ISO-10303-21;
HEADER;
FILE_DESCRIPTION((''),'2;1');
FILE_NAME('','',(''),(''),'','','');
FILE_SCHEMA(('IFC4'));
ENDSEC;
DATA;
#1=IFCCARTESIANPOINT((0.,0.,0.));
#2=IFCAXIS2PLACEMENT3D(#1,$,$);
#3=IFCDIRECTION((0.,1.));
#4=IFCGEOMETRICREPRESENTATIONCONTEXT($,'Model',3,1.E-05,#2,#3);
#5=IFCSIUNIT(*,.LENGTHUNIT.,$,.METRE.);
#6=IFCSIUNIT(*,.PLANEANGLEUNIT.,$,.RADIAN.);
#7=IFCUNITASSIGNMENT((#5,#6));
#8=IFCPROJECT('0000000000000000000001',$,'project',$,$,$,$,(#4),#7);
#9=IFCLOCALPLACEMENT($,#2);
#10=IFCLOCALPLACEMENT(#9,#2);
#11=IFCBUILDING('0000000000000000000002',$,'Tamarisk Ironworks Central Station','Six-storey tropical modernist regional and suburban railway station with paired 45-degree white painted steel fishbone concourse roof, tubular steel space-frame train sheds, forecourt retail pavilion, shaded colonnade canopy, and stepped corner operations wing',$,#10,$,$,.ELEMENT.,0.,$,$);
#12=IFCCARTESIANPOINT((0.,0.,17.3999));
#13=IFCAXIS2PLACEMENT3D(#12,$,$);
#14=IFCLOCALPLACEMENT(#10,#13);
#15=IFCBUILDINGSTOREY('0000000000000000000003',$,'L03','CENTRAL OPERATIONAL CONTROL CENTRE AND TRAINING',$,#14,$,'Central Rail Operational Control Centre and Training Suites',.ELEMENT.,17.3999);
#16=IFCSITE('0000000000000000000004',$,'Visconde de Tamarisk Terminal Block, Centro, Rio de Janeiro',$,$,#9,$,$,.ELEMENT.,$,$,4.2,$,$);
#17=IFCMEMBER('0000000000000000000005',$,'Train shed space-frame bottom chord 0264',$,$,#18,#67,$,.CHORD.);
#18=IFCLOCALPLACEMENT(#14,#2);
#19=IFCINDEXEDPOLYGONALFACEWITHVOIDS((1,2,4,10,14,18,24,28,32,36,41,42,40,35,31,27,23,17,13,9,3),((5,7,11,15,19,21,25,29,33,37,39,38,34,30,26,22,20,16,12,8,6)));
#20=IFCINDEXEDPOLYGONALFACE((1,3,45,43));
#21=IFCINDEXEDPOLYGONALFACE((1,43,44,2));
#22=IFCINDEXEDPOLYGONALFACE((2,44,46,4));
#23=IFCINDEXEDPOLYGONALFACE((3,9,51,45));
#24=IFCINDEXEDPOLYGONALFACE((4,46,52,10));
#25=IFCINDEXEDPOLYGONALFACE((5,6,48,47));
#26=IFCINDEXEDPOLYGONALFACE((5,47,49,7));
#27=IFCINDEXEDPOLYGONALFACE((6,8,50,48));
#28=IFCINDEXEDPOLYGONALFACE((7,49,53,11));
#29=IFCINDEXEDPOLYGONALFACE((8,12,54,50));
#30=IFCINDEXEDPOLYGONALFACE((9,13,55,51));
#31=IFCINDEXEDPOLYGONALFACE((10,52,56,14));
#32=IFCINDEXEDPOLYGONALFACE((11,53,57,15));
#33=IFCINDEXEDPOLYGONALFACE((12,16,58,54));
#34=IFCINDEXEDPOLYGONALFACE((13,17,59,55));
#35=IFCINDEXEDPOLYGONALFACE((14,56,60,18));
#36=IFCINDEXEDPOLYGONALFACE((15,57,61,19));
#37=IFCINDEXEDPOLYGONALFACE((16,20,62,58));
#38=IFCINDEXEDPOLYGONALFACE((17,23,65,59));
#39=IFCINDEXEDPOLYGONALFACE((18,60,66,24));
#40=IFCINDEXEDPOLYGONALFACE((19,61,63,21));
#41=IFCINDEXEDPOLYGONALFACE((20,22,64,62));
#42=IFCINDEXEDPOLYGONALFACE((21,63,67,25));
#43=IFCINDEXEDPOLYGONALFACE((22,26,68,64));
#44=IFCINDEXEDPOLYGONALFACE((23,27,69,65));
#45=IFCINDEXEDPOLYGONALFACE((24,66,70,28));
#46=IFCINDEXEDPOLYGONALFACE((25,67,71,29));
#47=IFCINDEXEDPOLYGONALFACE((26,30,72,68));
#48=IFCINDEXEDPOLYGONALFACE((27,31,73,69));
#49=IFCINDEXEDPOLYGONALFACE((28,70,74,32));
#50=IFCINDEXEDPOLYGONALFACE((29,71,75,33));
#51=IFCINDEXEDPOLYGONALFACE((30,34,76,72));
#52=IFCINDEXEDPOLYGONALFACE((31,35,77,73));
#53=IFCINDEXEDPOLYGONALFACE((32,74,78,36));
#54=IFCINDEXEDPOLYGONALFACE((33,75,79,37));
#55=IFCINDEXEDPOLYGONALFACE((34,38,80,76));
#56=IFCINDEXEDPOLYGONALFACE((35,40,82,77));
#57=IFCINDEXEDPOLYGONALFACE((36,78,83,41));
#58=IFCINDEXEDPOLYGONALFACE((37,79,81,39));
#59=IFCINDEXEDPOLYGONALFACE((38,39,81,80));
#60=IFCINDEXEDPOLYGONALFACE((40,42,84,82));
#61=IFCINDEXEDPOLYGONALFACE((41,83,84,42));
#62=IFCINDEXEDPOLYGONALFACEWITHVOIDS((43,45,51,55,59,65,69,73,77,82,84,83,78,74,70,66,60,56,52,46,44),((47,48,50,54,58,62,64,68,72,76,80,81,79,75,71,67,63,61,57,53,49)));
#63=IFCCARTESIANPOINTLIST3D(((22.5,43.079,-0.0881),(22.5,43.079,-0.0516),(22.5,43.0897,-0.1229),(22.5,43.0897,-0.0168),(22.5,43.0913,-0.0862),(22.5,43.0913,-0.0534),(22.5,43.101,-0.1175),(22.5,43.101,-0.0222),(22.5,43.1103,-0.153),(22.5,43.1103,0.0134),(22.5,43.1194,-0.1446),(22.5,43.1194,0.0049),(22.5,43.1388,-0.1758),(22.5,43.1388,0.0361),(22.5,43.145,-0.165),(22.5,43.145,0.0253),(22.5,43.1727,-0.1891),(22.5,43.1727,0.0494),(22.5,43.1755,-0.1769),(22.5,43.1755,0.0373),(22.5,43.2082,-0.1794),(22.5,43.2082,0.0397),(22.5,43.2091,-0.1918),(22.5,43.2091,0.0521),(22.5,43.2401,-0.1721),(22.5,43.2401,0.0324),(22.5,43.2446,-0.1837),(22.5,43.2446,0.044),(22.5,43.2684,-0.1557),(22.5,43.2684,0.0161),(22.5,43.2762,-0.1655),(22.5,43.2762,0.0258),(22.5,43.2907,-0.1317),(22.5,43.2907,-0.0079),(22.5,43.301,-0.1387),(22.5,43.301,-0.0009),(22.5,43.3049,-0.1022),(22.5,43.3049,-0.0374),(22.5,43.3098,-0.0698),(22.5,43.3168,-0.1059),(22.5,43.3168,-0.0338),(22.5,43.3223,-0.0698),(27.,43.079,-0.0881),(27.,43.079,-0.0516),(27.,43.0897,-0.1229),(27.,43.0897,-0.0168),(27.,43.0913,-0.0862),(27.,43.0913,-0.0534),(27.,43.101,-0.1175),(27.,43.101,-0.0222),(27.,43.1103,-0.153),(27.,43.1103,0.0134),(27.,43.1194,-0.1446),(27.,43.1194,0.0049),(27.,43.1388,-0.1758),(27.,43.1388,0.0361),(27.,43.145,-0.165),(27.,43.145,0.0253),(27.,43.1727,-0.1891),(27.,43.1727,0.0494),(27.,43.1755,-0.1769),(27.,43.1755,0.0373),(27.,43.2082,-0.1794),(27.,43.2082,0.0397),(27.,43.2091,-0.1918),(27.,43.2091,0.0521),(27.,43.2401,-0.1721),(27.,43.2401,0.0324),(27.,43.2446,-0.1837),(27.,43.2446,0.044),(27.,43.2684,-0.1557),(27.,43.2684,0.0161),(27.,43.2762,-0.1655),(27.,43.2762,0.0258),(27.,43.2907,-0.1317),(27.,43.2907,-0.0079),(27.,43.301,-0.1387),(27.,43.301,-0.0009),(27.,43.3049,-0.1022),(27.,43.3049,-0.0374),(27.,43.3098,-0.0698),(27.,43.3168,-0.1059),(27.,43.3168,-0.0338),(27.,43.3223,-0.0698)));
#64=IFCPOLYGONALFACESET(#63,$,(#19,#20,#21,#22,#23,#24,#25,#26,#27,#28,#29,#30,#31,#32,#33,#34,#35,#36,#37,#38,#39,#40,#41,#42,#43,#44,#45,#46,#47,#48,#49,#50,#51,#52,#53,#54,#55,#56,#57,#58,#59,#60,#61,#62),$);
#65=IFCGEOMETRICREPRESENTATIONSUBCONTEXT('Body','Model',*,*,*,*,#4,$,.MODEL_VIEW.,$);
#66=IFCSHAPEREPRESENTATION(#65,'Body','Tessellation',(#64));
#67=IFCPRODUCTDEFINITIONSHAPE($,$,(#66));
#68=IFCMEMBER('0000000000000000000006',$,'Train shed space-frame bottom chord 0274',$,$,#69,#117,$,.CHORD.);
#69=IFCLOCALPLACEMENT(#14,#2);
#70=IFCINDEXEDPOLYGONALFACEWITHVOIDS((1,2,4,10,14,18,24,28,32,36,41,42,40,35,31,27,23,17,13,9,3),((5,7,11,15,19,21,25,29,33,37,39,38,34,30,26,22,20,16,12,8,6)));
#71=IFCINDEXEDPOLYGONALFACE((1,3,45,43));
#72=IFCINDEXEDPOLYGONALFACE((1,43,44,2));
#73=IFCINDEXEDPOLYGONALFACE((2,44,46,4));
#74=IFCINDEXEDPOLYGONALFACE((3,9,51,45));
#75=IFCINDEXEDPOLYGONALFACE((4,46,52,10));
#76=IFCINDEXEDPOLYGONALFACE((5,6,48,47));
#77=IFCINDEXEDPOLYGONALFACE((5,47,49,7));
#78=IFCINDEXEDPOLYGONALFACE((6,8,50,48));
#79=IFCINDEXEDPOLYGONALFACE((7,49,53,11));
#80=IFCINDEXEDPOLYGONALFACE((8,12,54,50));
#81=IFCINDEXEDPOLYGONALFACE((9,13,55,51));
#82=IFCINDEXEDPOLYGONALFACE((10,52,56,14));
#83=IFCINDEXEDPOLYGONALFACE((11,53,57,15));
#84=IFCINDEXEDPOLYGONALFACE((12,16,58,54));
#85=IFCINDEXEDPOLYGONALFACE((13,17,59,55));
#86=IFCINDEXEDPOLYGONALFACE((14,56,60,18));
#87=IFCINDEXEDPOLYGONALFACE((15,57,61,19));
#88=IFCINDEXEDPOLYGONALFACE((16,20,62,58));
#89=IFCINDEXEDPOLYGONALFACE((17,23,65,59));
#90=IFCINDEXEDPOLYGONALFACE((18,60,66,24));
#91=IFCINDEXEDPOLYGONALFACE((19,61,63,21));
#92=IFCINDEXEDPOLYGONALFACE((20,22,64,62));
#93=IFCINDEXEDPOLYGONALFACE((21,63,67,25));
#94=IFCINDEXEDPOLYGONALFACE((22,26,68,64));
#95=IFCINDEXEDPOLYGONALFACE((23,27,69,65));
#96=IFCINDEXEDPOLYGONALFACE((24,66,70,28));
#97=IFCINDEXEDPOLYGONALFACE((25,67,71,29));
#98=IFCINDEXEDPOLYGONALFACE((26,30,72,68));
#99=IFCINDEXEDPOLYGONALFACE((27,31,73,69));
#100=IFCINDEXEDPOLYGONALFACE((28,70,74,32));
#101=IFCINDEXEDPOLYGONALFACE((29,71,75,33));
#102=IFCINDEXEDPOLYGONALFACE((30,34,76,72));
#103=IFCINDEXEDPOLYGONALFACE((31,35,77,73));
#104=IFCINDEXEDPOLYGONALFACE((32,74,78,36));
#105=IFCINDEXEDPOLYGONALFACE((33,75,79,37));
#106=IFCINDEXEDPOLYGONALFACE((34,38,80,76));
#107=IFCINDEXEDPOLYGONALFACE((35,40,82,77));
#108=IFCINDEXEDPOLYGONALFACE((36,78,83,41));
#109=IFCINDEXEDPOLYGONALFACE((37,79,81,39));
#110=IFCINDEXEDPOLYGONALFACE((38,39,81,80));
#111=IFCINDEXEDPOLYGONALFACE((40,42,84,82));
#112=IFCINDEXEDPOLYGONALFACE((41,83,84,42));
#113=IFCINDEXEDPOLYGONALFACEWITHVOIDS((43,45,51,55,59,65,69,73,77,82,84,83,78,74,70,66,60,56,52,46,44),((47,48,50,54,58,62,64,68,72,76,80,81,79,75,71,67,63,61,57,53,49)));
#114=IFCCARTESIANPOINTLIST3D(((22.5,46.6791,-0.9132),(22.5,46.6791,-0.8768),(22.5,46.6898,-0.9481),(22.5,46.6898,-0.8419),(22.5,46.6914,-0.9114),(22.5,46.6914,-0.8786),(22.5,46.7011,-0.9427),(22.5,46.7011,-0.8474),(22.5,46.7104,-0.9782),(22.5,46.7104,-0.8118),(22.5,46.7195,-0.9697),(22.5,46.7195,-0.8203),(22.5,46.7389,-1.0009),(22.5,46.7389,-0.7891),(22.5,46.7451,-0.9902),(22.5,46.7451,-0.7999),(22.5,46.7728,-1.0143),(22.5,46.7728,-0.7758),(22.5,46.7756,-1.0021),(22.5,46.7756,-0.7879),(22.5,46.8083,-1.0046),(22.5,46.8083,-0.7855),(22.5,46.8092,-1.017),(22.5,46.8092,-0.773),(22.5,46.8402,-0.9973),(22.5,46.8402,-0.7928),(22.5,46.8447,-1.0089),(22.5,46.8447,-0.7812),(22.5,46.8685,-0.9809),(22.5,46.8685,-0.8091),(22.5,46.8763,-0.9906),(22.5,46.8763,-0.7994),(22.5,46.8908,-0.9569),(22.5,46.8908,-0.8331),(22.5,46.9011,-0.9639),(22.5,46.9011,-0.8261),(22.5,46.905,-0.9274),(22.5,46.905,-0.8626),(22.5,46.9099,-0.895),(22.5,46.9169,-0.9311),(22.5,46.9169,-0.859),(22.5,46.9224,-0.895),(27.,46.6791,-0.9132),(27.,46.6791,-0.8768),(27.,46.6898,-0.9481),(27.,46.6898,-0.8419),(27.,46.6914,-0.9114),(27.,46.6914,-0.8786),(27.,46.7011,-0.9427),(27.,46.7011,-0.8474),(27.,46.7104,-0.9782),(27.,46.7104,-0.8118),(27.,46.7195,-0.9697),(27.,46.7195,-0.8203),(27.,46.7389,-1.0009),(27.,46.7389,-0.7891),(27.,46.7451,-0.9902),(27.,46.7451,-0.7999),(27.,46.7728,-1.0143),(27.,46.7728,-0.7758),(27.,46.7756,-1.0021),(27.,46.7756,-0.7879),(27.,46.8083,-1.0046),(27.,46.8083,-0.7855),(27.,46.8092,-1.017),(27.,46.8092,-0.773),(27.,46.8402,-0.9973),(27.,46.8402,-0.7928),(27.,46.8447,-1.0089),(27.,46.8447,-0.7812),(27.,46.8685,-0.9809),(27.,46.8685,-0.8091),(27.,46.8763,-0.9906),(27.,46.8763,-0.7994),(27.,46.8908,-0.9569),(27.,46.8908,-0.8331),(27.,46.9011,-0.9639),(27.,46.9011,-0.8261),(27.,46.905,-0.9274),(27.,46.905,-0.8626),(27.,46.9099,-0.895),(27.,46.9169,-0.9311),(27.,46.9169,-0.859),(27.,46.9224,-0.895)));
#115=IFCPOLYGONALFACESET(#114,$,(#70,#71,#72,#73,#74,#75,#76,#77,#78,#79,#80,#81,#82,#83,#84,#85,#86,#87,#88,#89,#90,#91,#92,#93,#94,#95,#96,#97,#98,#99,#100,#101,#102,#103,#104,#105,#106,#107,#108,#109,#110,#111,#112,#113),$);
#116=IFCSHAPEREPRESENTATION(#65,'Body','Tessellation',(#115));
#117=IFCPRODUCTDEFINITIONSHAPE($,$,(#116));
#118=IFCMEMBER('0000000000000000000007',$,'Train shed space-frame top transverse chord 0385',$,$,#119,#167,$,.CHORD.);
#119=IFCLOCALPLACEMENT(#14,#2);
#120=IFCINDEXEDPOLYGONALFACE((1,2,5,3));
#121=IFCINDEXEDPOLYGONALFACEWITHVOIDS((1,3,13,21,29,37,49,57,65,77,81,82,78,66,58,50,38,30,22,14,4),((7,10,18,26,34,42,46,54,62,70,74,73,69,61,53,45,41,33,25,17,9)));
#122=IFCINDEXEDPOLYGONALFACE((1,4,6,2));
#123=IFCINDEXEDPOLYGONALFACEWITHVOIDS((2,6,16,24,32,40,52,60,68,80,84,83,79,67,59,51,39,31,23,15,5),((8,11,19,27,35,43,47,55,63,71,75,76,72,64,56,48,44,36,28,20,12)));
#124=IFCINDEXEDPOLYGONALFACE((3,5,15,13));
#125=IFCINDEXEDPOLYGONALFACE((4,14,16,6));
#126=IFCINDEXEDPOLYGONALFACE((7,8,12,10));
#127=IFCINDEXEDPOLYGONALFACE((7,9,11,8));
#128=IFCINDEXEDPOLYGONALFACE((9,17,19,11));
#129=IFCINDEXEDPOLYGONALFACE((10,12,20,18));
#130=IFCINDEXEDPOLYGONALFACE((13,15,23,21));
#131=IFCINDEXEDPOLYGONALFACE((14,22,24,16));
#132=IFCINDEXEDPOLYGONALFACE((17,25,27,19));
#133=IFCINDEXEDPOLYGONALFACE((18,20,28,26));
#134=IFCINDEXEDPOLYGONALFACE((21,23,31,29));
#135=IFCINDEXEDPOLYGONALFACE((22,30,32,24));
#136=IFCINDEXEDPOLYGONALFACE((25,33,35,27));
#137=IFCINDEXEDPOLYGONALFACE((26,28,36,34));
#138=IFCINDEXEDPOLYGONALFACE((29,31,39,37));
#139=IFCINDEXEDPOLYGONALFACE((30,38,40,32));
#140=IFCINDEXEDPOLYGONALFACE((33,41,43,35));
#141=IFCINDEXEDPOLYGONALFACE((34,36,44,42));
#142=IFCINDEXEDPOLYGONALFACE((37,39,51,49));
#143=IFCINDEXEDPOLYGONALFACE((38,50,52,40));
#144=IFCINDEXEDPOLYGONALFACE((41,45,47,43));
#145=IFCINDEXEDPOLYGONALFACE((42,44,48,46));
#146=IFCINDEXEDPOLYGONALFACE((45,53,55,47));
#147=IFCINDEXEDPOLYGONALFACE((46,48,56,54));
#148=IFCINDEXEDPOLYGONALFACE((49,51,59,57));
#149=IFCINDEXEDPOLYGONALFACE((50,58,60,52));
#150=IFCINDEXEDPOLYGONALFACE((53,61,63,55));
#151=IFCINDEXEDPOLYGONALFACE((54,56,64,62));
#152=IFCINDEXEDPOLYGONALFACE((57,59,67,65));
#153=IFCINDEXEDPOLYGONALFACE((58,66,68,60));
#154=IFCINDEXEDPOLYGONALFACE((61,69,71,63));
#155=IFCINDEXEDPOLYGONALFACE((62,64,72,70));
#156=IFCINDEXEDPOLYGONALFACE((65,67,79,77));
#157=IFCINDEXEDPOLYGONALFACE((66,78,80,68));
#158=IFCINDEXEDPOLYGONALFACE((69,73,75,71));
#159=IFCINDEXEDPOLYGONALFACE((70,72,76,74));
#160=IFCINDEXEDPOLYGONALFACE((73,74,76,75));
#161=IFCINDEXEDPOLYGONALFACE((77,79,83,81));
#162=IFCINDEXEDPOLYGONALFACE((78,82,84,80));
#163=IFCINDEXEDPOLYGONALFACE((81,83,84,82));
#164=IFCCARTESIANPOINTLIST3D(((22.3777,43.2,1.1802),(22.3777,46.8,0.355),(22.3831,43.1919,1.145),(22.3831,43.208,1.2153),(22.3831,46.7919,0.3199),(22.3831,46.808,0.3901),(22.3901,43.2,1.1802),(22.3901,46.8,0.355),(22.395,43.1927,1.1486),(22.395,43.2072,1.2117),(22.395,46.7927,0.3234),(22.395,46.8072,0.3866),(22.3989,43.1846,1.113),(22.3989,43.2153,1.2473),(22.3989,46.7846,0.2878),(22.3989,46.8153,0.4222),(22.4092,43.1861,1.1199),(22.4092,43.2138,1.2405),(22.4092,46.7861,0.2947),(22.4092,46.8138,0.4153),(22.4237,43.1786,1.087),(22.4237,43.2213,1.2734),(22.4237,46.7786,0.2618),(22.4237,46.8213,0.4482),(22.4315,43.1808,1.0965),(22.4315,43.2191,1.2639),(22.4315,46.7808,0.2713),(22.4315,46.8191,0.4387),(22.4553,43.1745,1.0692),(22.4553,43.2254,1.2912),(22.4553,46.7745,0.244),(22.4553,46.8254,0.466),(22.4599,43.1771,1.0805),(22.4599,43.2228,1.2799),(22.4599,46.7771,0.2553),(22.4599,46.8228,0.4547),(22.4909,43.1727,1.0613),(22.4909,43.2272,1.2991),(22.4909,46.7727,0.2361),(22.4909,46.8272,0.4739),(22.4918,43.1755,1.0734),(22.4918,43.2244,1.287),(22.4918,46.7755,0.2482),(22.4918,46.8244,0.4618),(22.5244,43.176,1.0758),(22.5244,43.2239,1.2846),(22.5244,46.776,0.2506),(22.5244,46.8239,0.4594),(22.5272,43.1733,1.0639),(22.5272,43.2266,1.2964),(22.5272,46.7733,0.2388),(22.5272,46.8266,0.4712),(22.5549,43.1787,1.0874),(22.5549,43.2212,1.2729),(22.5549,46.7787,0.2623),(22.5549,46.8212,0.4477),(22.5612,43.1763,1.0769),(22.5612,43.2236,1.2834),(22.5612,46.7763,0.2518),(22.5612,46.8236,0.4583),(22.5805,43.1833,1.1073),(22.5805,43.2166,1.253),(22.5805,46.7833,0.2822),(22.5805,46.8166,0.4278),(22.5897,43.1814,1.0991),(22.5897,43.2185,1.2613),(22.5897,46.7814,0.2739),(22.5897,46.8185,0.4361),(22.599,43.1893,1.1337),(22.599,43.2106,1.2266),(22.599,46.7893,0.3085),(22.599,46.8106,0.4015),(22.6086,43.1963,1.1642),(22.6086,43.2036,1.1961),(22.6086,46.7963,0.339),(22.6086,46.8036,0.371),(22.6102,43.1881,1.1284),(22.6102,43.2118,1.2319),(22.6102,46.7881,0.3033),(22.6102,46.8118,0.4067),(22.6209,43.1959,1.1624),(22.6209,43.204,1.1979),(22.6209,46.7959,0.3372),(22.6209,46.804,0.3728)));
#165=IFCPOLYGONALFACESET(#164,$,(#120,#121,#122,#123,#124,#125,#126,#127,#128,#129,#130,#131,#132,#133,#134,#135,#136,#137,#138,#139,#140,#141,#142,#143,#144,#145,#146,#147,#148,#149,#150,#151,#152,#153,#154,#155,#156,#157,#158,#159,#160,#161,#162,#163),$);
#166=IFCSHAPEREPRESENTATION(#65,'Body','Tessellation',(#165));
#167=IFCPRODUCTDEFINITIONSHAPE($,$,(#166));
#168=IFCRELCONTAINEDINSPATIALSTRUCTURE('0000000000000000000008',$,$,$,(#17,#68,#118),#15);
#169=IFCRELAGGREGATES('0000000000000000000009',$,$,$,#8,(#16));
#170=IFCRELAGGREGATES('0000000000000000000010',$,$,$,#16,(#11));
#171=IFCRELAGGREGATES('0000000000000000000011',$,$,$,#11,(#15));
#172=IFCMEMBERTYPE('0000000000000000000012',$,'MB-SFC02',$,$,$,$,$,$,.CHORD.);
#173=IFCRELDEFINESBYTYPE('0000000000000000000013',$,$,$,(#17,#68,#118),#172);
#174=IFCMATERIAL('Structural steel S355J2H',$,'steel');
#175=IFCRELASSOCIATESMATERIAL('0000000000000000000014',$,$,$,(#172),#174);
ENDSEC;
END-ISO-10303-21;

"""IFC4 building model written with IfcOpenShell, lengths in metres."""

from ifc_helpers import new_model, si_unit, direction, frame, origin, origin_2d, place, context, subcontext, project, spatial, hollow_circle, extrude, material, material_profile, profile_set, type_object, element, save


model = new_model("IFC4")

# Units and contexts
model_context = context("Model", 3, precision=1e-05, world=origin(), true_north=direction((0.0, 1.0)))
body_context = subcontext(model_context, "Body", "Model", "MODEL_VIEW")
ifc_project = project(units=[si_unit("LENGTHUNIT", "METRE"), si_unit("PLANEANGLEUNIT", "RADIAN")], contexts=[model_context])

# Site, building, storey
site_placement = place(None, origin())
site = spatial("IfcSite", under=ifc_project, at=site_placement, Name="Visconde de Tamarisk Terminal Block, Centro, Rio de Janeiro", CompositionType="ELEMENT", RefElevation=4.2)
building_placement = place(site_placement, origin())
building = spatial("IfcBuilding", under=site, at=building_placement, Name="Tamarisk Ironworks Central Station", Description="Six-storey tropical modernist regional and suburban railway station with paired 45-degree white painted steel fishbone concourse roof, tubular steel space-frame train sheds, forecourt retail pavilion, shaded colonnade canopy, and stepped corner operations wing", CompositionType="ELEMENT", ElevationOfRefHeight=0.0)
storey_placement = place(building_placement, frame((0.0, 0.0, 17.3999)))
storey = spatial("IfcBuildingStorey", under=building, at=storey_placement, Name="L03", Description="CENTRAL OPERATIONAL CONTROL CENTRE AND TRAINING", LongName="Central Rail Operational Control Centre and Training Suites", CompositionType="ELEMENT", Elevation=17.3999)

# Members
ifc_material_1 = material(Name="Structural steel S355J2H", Category="steel")
ifc_material_profile_1 = material_profile(ifc_material_1, hollow_circle(Radius=0.1223, WallThickness=0.0125, at=origin_2d()), Name="CHS 244.5x12.5")
ifc_profile_set_1 = profile_set([ifc_material_profile_1], Name="Structural steel S355J2H")
member_type_1 = type_object("IfcMemberType", Name="MB-SFC02", PredefinedType="CHORD", material=ifc_profile_set_1)
for number, where, z_axis, x_axis, name in (
    (1, (22.5, 43.2, -0.0698), (1.0, 0.0, 0.0), (0.0, 1.0, 0.0), "Train shed space-frame bottom chord 0264"),
    (2, (22.5, 46.8, -0.895), (1.0, 0.0, 0.0), (0.0, 1.0, 0.0), "Train shed space-frame bottom chord 0274"),
):
    element("IfcMember", number, at=place(storey_placement, frame(where, z_axis=z_axis, x_axis=x_axis)), inside=storey, type_object=member_type_1, Name=name, PredefinedType="CHORD", context=body_context, shape_type="SweptSolid", body=[
        extrude(hollow_circle(Radius=0.1223, WallThickness=0.0125, at=origin_2d()), origin(), (0.0, 0.0, 1.0), 4.5),
    ])
member_1_placement = place(storey_placement, frame((22.5, 43.2, 1.1802), z_axis=(0.0, 0.974722, -0.223421), x_axis=(-1.0, 0.0, 0.0)))
element("IfcMember", 3, at=member_1_placement, inside=storey, type_object=member_type_1, Name="Train shed space-frame top transverse chord 0385", PredefinedType="CHORD", context=body_context, shape_type="SweptSolid", body=[
    extrude(hollow_circle(Radius=0.1223, WallThickness=0.0125, at=origin_2d()), origin(), (0.0, 0.0, 1.0), 3.6934),
])

save(model, "model.ifc")
